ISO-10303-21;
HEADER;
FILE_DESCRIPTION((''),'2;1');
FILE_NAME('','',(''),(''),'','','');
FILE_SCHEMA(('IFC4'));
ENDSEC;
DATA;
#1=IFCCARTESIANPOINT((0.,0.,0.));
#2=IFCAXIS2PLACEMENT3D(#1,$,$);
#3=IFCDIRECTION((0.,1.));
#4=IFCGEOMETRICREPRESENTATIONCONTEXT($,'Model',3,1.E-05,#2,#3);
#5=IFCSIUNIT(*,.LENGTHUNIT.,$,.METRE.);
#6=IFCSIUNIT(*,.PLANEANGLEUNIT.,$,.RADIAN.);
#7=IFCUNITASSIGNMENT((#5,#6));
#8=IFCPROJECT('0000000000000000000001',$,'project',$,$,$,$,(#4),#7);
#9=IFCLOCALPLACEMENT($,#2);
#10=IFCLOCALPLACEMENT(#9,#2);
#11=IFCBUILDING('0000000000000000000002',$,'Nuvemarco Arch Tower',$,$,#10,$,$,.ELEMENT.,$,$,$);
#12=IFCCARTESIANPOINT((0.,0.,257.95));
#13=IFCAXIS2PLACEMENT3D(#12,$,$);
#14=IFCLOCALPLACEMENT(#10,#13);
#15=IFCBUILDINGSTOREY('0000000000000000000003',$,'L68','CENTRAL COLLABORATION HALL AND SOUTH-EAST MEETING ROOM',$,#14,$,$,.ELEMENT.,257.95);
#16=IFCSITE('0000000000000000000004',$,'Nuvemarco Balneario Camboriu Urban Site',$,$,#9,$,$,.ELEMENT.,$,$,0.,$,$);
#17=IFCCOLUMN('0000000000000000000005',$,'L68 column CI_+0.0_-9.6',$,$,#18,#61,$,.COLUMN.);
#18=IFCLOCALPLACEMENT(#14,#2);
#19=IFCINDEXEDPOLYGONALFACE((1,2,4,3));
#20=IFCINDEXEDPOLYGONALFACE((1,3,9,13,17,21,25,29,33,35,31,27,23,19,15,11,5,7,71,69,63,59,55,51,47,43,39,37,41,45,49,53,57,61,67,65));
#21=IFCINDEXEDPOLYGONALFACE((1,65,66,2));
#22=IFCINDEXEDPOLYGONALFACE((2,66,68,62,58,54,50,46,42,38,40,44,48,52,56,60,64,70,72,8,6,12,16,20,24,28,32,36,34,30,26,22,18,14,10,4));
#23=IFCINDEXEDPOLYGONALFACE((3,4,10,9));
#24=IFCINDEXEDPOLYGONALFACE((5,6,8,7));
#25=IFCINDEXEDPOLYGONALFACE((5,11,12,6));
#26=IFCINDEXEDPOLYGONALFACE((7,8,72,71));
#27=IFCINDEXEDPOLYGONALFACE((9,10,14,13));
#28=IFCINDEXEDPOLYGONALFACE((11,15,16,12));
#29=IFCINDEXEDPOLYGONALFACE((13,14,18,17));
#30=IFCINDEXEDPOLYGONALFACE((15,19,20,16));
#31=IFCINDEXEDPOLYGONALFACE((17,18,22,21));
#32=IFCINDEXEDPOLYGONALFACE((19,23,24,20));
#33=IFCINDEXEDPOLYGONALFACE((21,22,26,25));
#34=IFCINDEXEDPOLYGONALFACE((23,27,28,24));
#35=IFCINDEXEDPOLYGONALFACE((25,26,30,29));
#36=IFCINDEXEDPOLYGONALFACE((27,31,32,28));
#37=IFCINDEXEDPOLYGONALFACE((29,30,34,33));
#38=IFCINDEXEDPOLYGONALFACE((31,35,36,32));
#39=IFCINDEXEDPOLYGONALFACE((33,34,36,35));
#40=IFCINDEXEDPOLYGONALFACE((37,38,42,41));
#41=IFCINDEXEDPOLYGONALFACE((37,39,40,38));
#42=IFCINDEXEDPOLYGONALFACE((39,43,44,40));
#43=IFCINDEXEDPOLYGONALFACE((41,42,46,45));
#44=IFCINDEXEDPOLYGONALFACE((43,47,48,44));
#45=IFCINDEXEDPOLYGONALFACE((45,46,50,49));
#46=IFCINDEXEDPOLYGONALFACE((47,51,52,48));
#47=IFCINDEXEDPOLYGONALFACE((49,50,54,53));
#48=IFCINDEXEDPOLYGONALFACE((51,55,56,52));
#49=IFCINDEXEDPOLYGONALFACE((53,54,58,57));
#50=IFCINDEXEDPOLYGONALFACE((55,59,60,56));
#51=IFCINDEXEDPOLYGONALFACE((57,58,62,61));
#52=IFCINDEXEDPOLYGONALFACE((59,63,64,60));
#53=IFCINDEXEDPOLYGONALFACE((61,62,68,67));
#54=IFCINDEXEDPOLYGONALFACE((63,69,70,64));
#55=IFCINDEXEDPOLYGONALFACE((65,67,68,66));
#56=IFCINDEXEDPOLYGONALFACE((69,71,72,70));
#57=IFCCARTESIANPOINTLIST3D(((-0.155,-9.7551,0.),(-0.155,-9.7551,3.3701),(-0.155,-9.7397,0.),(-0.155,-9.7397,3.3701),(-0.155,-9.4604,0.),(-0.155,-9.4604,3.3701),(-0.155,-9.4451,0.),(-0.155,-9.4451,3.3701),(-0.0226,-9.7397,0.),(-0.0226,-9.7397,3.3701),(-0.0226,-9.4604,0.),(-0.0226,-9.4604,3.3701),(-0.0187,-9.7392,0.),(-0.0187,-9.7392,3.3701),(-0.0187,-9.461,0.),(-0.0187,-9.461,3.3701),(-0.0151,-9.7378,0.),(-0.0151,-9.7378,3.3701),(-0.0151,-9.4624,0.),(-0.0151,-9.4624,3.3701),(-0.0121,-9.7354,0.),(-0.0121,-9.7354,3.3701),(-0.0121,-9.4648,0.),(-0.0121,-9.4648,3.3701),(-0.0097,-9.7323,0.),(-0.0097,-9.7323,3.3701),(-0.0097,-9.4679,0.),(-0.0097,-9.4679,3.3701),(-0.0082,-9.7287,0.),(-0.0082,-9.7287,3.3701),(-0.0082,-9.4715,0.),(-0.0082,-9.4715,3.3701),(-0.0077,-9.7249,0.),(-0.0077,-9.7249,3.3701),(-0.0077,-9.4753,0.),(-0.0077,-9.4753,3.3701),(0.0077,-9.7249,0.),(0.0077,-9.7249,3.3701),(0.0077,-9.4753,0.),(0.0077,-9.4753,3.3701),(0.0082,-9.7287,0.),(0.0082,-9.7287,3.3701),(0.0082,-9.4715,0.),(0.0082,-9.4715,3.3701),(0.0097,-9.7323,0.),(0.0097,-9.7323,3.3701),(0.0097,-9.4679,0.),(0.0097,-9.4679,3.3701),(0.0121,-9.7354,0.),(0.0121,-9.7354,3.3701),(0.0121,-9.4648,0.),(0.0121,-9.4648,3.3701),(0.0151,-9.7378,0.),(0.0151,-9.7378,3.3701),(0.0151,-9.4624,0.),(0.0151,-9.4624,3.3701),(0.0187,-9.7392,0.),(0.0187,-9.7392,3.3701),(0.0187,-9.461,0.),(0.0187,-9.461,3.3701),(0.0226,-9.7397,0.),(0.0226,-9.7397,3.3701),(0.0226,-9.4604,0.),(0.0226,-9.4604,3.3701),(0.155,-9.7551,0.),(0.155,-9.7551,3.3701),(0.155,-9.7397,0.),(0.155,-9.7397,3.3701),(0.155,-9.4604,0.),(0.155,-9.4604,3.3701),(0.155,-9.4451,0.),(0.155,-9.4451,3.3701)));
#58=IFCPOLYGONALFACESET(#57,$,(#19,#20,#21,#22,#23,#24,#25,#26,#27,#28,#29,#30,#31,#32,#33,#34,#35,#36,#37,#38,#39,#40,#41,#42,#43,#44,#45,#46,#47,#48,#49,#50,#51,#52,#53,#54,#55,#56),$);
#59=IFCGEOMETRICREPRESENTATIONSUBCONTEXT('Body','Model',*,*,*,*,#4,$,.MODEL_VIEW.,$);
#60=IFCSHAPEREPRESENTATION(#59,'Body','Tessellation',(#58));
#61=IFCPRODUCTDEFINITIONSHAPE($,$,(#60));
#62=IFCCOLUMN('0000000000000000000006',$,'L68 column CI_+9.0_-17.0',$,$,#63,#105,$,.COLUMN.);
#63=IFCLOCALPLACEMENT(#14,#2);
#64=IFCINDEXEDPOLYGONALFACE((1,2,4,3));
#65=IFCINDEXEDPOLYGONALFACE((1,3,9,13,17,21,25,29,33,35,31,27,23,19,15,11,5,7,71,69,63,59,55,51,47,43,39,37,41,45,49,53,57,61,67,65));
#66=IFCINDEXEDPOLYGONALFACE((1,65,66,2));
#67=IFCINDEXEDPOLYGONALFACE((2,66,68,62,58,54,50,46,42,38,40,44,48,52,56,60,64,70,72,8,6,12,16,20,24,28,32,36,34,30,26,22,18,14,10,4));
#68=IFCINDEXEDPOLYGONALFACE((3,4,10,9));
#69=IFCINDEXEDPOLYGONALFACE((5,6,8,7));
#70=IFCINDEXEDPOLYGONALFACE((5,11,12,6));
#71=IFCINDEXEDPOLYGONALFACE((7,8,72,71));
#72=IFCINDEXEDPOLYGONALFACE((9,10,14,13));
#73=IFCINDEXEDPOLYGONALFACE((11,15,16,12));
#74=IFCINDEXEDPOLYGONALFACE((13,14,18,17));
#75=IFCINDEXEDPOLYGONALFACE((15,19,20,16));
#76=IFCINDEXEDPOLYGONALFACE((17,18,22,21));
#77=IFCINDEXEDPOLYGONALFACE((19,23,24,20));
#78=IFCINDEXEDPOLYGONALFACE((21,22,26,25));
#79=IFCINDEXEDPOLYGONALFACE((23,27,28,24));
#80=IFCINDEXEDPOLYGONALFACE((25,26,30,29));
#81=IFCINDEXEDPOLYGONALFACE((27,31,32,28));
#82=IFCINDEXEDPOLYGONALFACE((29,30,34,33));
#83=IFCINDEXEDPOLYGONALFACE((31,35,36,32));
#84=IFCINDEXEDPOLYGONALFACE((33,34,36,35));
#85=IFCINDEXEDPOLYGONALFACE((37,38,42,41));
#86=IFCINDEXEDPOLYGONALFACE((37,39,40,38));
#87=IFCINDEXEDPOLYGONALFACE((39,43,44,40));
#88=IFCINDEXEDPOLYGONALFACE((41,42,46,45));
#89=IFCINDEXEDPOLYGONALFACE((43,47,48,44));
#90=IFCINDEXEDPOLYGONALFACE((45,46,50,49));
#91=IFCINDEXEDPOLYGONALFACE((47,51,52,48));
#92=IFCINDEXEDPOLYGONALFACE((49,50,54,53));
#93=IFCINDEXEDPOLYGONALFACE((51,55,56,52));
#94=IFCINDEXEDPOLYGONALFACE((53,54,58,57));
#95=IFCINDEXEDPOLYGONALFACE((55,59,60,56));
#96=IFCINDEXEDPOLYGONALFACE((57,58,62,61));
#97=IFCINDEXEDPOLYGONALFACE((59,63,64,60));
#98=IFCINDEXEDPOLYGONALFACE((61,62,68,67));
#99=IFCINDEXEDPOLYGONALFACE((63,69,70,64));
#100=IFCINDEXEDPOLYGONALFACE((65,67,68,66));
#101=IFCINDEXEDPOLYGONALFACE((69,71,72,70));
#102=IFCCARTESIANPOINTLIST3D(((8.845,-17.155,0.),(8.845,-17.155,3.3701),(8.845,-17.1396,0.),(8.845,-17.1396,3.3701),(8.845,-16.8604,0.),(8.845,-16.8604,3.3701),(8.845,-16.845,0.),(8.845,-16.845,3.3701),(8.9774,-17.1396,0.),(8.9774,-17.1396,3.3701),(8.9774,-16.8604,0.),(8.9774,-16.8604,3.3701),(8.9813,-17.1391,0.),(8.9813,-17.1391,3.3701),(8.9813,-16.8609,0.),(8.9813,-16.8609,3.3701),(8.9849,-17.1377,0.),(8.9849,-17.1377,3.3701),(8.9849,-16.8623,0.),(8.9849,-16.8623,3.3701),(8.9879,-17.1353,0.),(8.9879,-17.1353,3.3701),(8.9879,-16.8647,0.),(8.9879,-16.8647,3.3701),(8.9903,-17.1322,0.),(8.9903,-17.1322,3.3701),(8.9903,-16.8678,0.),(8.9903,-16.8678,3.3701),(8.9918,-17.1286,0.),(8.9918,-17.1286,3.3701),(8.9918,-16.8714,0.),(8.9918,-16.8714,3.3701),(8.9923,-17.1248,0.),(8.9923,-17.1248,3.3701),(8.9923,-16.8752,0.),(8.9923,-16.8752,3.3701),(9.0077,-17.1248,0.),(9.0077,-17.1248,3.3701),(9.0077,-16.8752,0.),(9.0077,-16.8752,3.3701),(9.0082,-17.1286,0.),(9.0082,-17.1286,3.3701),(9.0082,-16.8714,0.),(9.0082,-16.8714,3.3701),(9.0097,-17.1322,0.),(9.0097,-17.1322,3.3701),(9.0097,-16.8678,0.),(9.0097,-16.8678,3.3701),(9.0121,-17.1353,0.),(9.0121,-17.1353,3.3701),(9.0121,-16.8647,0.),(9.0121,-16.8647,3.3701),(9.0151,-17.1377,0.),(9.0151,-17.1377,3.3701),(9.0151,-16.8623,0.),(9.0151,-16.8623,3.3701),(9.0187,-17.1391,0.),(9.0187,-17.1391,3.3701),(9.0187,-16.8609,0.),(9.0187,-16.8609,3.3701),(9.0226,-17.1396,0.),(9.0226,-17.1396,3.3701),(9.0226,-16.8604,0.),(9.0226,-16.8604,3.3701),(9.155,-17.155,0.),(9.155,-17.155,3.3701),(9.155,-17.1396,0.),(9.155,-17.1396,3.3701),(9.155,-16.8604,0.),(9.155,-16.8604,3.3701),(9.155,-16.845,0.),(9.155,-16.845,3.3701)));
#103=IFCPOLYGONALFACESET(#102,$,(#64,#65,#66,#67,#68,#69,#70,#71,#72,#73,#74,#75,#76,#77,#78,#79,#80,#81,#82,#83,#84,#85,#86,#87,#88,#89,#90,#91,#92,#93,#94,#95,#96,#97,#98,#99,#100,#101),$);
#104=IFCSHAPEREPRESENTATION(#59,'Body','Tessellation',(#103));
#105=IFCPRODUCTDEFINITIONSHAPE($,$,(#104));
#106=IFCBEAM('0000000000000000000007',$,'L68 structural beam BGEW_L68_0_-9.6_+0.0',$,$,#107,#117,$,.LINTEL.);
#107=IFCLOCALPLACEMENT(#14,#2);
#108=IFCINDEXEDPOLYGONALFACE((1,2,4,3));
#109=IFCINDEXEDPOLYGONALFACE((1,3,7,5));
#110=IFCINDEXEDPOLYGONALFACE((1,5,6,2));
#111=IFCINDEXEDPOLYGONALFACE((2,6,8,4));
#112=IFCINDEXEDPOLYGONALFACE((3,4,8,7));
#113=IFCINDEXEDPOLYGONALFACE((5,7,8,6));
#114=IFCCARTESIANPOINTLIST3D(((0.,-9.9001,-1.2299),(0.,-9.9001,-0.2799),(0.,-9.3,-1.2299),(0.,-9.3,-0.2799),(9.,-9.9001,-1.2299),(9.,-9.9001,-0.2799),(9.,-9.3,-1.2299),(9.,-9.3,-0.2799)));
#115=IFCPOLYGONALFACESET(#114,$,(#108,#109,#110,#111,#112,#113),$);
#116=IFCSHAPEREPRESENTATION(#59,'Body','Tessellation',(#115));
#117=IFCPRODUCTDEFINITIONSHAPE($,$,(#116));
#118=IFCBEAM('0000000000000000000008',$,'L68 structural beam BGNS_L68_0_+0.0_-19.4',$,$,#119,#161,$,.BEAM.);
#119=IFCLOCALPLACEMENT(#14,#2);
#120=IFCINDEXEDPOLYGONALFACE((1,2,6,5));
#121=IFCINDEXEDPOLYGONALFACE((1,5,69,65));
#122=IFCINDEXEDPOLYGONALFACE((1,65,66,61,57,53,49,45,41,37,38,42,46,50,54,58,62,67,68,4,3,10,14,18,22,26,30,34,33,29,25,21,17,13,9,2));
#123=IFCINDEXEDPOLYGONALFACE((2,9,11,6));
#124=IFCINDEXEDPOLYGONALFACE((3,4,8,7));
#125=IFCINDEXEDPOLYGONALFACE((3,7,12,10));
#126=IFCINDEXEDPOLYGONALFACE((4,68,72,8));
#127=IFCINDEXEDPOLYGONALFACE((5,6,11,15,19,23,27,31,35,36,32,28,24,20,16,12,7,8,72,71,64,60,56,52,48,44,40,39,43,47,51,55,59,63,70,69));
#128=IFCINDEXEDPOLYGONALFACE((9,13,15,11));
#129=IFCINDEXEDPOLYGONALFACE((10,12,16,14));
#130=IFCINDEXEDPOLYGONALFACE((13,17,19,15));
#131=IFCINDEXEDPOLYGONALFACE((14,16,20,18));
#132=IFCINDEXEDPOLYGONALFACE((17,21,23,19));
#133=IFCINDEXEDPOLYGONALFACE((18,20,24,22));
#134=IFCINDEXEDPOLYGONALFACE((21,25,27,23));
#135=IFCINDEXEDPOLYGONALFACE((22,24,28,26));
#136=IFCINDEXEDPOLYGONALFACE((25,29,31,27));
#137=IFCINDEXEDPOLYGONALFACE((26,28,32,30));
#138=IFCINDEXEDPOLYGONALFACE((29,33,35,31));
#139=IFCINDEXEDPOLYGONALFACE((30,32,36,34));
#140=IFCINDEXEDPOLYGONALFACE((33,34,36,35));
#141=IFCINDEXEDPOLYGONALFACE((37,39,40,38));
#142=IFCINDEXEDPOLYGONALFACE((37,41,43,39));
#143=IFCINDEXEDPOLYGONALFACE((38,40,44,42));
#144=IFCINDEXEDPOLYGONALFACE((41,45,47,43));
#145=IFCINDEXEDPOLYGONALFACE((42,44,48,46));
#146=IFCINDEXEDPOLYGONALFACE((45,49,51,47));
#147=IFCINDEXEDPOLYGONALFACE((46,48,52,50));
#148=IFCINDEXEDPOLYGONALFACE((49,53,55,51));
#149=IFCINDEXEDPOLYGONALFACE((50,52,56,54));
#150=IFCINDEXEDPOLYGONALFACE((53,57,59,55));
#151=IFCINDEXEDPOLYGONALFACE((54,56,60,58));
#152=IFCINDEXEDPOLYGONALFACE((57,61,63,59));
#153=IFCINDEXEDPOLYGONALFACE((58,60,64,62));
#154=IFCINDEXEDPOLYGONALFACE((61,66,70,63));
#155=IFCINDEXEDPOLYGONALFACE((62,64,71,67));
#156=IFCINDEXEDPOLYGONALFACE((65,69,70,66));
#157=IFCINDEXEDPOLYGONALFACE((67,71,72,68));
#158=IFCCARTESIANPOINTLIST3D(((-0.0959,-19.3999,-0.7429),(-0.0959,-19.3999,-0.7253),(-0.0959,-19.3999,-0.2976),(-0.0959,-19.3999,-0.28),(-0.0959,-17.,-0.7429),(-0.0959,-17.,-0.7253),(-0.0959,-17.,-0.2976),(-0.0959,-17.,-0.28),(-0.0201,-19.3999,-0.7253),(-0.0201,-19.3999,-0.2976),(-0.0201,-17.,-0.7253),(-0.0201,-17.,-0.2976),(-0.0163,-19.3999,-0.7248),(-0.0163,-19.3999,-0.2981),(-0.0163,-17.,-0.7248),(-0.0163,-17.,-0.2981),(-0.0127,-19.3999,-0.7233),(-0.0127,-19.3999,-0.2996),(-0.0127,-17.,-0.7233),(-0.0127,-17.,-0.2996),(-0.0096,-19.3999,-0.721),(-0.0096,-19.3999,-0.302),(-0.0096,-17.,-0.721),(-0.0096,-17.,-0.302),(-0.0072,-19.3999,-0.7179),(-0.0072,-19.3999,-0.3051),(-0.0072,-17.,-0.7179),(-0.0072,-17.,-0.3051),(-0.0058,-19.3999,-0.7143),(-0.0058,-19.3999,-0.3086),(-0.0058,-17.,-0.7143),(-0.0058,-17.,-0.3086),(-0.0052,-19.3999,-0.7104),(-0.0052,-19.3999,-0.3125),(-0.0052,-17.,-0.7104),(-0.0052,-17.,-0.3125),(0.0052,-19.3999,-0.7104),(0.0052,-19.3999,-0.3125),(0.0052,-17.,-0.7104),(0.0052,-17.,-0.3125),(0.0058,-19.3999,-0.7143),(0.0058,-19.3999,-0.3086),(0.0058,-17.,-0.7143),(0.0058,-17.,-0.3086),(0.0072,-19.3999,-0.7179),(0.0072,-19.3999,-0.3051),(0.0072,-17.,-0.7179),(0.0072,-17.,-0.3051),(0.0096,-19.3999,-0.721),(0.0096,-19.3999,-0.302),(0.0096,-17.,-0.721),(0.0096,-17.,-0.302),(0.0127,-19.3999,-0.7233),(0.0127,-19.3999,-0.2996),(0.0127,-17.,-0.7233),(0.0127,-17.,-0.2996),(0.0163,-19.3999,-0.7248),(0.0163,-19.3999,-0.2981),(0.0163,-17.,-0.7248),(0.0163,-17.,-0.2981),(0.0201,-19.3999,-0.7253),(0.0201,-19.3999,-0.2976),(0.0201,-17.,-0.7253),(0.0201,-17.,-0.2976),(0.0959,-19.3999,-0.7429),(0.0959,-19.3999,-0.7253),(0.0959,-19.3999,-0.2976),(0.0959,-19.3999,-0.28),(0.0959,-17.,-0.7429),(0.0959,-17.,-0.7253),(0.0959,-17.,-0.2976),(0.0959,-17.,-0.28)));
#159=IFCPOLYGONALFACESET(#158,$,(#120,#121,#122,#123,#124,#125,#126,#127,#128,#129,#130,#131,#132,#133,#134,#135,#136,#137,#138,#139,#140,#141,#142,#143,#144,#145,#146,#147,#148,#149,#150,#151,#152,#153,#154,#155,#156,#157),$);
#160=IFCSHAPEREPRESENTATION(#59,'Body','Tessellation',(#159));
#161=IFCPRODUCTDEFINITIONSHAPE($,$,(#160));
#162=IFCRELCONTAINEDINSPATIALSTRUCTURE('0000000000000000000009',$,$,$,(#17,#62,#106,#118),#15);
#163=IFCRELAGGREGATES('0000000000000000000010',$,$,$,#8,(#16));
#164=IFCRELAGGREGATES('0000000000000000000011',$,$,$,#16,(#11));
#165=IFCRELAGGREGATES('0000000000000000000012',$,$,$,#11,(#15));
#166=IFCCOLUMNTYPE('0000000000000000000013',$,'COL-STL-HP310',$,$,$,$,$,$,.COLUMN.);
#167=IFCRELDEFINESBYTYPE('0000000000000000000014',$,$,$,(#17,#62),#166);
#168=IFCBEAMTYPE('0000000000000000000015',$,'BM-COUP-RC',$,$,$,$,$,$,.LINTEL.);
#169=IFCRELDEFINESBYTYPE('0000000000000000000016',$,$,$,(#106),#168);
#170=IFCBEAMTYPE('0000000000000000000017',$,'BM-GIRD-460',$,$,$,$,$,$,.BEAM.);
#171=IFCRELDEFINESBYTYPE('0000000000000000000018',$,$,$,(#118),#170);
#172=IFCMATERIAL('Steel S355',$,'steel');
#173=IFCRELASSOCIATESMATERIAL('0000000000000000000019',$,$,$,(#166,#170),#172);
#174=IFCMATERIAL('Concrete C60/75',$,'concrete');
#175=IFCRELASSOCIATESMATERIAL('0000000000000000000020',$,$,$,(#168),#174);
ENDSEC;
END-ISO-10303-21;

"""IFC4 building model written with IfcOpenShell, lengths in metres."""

from ifc_helpers import new_model, si_unit, direction, frame, origin, origin_2d, place, context, subcontext, project, spatial, rectangle, i_section, extrude, material, material_profile, profile_set, type_object, element, save


model = new_model("IFC4")

# Units and contexts
model_context = context("Model", 3, precision=1e-05, world=origin(), true_north=direction((0.0, 1.0)))
body_context = subcontext(model_context, "Body", "Model", "MODEL_VIEW")
ifc_project = project(units=[si_unit("LENGTHUNIT", "METRE"), si_unit("PLANEANGLEUNIT", "RADIAN")], contexts=[model_context])

# Site, building, storey
site_placement = place(None, origin())
site = spatial("IfcSite", under=ifc_project, at=site_placement, Name="Nuvemarco Balneario Camboriu Urban Site", CompositionType="ELEMENT", RefElevation=0.0)
building_placement = place(site_placement, origin())
building = spatial("IfcBuilding", under=site, at=building_placement, Name="Nuvemarco Arch Tower", CompositionType="ELEMENT")
storey_placement = place(building_placement, frame((0.0, 0.0, 257.95)))
storey = spatial("IfcBuildingStorey", under=building, at=storey_placement, Name="L68", Description="CENTRAL COLLABORATION HALL AND SOUTH-EAST MEETING ROOM", CompositionType="ELEMENT", Elevation=257.95)

# Columns
ifc_material_1 = material(Name="Steel S355", Category="steel")
ifc_material_profile_1 = material_profile(ifc_material_1, i_section(OverallWidth=0.3101, OverallDepth=0.3101, WebThickness=0.0154, FlangeThickness=0.0154, FilletRadius=0.0149, at=origin_2d()), Name="HP310x110")
ifc_profile_set_1 = profile_set([ifc_material_profile_1], Name="Steel S355")
column_type_1 = type_object("IfcColumnType", Name="COL-STL-HP310", PredefinedType="COLUMN", material=ifc_profile_set_1)
for number, where, z_axis, x_axis, name in (
    (1, (0.0, -9.6001, 0.0), (0.0, 0.0, 1.0), (1.0, 0.0, 0.0), "L68 column CI_+0.0_-9.6"),
    (2, (9.0, -17.0, 0.0), (0.0, 0.0, 1.0), (1.0, 0.0, 0.0), "L68 column CI_+9.0_-17.0"),
):
    element("IfcColumn", number, at=place(storey_placement, frame(where, z_axis=z_axis, x_axis=x_axis)), inside=storey, type_object=column_type_1, Name=name, PredefinedType="COLUMN", context=body_context, shape_type="SweptSolid", body=[
        extrude(i_section(OverallWidth=0.3101, OverallDepth=0.3101, WebThickness=0.0154, FlangeThickness=0.0154, FilletRadius=0.0149, at=origin_2d()), origin(), (0.0, 0.0, 1.0), 3.3701),
    ])

# Beams
ifc_material_2 = material(Name="Concrete C60/75", Category="concrete")
ifc_material_profile_2 = material_profile(ifc_material_2, rectangle(XDim=0.6001, YDim=0.95, at=origin_2d()), Name="RC-BM-600x950")
ifc_profile_set_2 = profile_set([ifc_material_profile_2], Name="Concrete C60/75")
beam_type_1 = type_object("IfcBeamType", Name="BM-COUP-RC", PredefinedType="LINTEL", material=ifc_profile_set_2)
beam_1_placement = place(storey_placement, frame((0.0, -9.6001, -0.7549), z_axis=(1.0, 0.0, 0.0), x_axis=(0.0, 1.0, 0.0)))
element("IfcBeam", 3, at=beam_1_placement, inside=storey, type_object=beam_type_1, Name="L68 structural beam BGEW_L68_0_-9.6_+0.0", PredefinedType="LINTEL", context=body_context, shape_type="SweptSolid", body=[
    extrude(rectangle(XDim=0.6001, YDim=0.95, at=origin_2d()), origin(), (0.0, 0.0, 1.0), 9.0),
])
ifc_material_profile_3 = material_profile(ifc_material_1, i_section(OverallWidth=0.1919, OverallDepth=0.4629, WebThickness=0.0105, FlangeThickness=0.0176, FilletRadius=0.0149, at=origin_2d()), Name="W460x89")
ifc_profile_set_3 = profile_set([ifc_material_profile_3], Name="Steel S355")
beam_type_2 = type_object("IfcBeamType", Name="BM-GIRD-460", PredefinedType="BEAM", material=ifc_profile_set_3)
beam_2_placement = place(storey_placement, frame((0.0, -19.3999, -0.5115), z_axis=(0.0, 1.0, 0.0), x_axis=(-1.0, 0.0, 0.0)))
element("IfcBeam", 4, at=beam_2_placement, inside=storey, type_object=beam_type_2, Name="L68 structural beam BGNS_L68_0_+0.0_-19.4", PredefinedType="BEAM", context=body_context, shape_type="SweptSolid", body=[
    extrude(i_section(OverallWidth=0.1919, OverallDepth=0.4629, WebThickness=0.0105, FlangeThickness=0.0176, FilletRadius=0.0149, at=origin_2d()), origin(), (0.0, 0.0, 1.0), 2.3999),
])

save(model, "model.ifc")
